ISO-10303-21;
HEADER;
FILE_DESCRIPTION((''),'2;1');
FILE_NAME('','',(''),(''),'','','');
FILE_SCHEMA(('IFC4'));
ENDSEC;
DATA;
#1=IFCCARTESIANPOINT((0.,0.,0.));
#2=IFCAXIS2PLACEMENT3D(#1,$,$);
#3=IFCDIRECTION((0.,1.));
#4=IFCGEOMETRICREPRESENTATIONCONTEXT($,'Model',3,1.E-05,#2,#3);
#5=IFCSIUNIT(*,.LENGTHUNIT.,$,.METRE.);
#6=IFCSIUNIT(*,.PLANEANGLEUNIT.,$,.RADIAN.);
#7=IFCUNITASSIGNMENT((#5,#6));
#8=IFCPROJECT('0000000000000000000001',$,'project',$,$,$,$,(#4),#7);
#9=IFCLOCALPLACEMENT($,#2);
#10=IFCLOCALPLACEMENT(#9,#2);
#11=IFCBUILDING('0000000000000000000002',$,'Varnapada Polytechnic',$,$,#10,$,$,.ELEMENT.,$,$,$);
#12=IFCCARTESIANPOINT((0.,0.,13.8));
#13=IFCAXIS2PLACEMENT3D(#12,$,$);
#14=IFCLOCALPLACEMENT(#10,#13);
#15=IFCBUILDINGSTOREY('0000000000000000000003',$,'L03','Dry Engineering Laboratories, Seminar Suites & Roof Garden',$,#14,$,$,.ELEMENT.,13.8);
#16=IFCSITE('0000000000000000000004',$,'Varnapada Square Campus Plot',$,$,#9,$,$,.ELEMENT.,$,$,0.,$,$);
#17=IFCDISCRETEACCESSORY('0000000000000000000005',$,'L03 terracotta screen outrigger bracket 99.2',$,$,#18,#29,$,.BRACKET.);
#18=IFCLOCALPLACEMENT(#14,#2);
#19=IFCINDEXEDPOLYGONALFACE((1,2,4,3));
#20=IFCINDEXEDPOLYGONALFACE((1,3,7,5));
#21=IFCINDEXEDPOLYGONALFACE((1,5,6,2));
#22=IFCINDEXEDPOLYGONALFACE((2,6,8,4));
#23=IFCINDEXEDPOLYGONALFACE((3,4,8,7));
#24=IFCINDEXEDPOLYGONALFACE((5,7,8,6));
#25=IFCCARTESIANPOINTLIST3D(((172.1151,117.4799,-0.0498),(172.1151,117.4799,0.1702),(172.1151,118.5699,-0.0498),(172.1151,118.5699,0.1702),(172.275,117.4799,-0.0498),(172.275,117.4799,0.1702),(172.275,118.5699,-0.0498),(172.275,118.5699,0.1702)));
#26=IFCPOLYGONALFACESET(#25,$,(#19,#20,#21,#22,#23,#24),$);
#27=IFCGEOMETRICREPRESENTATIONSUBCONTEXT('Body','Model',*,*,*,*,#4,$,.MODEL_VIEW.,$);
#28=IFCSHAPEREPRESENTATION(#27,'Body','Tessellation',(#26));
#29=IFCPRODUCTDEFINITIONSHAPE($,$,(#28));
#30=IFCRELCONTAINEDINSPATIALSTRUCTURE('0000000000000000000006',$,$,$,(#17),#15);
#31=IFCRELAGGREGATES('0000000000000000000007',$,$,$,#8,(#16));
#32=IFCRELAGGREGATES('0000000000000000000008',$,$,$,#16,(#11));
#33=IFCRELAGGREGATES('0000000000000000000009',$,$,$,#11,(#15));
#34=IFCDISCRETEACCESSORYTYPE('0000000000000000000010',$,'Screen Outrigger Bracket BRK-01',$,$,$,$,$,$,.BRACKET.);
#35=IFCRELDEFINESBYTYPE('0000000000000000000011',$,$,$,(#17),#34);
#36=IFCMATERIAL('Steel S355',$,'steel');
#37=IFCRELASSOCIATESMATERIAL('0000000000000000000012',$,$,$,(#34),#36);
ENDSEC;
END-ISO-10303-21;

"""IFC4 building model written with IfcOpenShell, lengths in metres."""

from ifc_helpers import new_model, si_unit, direction, frame, origin, origin_2d, place, context, subcontext, project, spatial, rectangle, extrude, material, type_object, element, save


model = new_model("IFC4")

# Units and contexts
model_context = context("Model", 3, precision=1e-05, world=origin(), true_north=direction((0.0, 1.0)))
body_context = subcontext(model_context, "Body", "Model", "MODEL_VIEW")
ifc_project = project(units=[si_unit("LENGTHUNIT", "METRE"), si_unit("PLANEANGLEUNIT", "RADIAN")], contexts=[model_context])

# Site, building, storey
site_placement = place(None, origin())
site = spatial("IfcSite", under=ifc_project, at=site_placement, Name="Varnapada Square Campus Plot", CompositionType="ELEMENT", RefElevation=0.0)
building_placement = place(site_placement, origin())
building = spatial("IfcBuilding", under=site, at=building_placement, Name="Varnapada Polytechnic", CompositionType="ELEMENT")
storey_placement = place(building_placement, frame((0.0, 0.0, 13.8)))
storey = spatial("IfcBuildingStorey", under=building, at=storey_placement, Name="L03", Description="Dry Engineering Laboratories, Seminar Suites & Roof Garden", CompositionType="ELEMENT", Elevation=13.8)

# Discrete accessory
ifc_material_1 = material(Name="Steel S355", Category="steel")
discrete_accessory_type = type_object("IfcDiscreteAccessoryType", Name="Screen Outrigger Bracket BRK-01", PredefinedType="BRACKET", material=ifc_material_1)
for number, where, z_axis, x_axis, name in (
    (1, (172.1951, 118.0249, -0.0498), (0.0, 0.0, 1.0), (1.0, 0.0, 0.0), "L03 terracotta screen outrigger bracket 99.2"),
):
    element("IfcDiscreteAccessory", number, at=place(storey_placement, frame(where, z_axis=z_axis, x_axis=x_axis)), inside=storey, type_object=discrete_accessory_type, Name=name, PredefinedType="BRACKET", context=body_context, shape_type="SweptSolid", body=[
        extrude(rectangle(XDim=0.1599, YDim=1.0901, at=origin_2d()), origin(), (0.0, 0.0, 1.0), 0.22),
    ])

save(model, "model.ifc")
